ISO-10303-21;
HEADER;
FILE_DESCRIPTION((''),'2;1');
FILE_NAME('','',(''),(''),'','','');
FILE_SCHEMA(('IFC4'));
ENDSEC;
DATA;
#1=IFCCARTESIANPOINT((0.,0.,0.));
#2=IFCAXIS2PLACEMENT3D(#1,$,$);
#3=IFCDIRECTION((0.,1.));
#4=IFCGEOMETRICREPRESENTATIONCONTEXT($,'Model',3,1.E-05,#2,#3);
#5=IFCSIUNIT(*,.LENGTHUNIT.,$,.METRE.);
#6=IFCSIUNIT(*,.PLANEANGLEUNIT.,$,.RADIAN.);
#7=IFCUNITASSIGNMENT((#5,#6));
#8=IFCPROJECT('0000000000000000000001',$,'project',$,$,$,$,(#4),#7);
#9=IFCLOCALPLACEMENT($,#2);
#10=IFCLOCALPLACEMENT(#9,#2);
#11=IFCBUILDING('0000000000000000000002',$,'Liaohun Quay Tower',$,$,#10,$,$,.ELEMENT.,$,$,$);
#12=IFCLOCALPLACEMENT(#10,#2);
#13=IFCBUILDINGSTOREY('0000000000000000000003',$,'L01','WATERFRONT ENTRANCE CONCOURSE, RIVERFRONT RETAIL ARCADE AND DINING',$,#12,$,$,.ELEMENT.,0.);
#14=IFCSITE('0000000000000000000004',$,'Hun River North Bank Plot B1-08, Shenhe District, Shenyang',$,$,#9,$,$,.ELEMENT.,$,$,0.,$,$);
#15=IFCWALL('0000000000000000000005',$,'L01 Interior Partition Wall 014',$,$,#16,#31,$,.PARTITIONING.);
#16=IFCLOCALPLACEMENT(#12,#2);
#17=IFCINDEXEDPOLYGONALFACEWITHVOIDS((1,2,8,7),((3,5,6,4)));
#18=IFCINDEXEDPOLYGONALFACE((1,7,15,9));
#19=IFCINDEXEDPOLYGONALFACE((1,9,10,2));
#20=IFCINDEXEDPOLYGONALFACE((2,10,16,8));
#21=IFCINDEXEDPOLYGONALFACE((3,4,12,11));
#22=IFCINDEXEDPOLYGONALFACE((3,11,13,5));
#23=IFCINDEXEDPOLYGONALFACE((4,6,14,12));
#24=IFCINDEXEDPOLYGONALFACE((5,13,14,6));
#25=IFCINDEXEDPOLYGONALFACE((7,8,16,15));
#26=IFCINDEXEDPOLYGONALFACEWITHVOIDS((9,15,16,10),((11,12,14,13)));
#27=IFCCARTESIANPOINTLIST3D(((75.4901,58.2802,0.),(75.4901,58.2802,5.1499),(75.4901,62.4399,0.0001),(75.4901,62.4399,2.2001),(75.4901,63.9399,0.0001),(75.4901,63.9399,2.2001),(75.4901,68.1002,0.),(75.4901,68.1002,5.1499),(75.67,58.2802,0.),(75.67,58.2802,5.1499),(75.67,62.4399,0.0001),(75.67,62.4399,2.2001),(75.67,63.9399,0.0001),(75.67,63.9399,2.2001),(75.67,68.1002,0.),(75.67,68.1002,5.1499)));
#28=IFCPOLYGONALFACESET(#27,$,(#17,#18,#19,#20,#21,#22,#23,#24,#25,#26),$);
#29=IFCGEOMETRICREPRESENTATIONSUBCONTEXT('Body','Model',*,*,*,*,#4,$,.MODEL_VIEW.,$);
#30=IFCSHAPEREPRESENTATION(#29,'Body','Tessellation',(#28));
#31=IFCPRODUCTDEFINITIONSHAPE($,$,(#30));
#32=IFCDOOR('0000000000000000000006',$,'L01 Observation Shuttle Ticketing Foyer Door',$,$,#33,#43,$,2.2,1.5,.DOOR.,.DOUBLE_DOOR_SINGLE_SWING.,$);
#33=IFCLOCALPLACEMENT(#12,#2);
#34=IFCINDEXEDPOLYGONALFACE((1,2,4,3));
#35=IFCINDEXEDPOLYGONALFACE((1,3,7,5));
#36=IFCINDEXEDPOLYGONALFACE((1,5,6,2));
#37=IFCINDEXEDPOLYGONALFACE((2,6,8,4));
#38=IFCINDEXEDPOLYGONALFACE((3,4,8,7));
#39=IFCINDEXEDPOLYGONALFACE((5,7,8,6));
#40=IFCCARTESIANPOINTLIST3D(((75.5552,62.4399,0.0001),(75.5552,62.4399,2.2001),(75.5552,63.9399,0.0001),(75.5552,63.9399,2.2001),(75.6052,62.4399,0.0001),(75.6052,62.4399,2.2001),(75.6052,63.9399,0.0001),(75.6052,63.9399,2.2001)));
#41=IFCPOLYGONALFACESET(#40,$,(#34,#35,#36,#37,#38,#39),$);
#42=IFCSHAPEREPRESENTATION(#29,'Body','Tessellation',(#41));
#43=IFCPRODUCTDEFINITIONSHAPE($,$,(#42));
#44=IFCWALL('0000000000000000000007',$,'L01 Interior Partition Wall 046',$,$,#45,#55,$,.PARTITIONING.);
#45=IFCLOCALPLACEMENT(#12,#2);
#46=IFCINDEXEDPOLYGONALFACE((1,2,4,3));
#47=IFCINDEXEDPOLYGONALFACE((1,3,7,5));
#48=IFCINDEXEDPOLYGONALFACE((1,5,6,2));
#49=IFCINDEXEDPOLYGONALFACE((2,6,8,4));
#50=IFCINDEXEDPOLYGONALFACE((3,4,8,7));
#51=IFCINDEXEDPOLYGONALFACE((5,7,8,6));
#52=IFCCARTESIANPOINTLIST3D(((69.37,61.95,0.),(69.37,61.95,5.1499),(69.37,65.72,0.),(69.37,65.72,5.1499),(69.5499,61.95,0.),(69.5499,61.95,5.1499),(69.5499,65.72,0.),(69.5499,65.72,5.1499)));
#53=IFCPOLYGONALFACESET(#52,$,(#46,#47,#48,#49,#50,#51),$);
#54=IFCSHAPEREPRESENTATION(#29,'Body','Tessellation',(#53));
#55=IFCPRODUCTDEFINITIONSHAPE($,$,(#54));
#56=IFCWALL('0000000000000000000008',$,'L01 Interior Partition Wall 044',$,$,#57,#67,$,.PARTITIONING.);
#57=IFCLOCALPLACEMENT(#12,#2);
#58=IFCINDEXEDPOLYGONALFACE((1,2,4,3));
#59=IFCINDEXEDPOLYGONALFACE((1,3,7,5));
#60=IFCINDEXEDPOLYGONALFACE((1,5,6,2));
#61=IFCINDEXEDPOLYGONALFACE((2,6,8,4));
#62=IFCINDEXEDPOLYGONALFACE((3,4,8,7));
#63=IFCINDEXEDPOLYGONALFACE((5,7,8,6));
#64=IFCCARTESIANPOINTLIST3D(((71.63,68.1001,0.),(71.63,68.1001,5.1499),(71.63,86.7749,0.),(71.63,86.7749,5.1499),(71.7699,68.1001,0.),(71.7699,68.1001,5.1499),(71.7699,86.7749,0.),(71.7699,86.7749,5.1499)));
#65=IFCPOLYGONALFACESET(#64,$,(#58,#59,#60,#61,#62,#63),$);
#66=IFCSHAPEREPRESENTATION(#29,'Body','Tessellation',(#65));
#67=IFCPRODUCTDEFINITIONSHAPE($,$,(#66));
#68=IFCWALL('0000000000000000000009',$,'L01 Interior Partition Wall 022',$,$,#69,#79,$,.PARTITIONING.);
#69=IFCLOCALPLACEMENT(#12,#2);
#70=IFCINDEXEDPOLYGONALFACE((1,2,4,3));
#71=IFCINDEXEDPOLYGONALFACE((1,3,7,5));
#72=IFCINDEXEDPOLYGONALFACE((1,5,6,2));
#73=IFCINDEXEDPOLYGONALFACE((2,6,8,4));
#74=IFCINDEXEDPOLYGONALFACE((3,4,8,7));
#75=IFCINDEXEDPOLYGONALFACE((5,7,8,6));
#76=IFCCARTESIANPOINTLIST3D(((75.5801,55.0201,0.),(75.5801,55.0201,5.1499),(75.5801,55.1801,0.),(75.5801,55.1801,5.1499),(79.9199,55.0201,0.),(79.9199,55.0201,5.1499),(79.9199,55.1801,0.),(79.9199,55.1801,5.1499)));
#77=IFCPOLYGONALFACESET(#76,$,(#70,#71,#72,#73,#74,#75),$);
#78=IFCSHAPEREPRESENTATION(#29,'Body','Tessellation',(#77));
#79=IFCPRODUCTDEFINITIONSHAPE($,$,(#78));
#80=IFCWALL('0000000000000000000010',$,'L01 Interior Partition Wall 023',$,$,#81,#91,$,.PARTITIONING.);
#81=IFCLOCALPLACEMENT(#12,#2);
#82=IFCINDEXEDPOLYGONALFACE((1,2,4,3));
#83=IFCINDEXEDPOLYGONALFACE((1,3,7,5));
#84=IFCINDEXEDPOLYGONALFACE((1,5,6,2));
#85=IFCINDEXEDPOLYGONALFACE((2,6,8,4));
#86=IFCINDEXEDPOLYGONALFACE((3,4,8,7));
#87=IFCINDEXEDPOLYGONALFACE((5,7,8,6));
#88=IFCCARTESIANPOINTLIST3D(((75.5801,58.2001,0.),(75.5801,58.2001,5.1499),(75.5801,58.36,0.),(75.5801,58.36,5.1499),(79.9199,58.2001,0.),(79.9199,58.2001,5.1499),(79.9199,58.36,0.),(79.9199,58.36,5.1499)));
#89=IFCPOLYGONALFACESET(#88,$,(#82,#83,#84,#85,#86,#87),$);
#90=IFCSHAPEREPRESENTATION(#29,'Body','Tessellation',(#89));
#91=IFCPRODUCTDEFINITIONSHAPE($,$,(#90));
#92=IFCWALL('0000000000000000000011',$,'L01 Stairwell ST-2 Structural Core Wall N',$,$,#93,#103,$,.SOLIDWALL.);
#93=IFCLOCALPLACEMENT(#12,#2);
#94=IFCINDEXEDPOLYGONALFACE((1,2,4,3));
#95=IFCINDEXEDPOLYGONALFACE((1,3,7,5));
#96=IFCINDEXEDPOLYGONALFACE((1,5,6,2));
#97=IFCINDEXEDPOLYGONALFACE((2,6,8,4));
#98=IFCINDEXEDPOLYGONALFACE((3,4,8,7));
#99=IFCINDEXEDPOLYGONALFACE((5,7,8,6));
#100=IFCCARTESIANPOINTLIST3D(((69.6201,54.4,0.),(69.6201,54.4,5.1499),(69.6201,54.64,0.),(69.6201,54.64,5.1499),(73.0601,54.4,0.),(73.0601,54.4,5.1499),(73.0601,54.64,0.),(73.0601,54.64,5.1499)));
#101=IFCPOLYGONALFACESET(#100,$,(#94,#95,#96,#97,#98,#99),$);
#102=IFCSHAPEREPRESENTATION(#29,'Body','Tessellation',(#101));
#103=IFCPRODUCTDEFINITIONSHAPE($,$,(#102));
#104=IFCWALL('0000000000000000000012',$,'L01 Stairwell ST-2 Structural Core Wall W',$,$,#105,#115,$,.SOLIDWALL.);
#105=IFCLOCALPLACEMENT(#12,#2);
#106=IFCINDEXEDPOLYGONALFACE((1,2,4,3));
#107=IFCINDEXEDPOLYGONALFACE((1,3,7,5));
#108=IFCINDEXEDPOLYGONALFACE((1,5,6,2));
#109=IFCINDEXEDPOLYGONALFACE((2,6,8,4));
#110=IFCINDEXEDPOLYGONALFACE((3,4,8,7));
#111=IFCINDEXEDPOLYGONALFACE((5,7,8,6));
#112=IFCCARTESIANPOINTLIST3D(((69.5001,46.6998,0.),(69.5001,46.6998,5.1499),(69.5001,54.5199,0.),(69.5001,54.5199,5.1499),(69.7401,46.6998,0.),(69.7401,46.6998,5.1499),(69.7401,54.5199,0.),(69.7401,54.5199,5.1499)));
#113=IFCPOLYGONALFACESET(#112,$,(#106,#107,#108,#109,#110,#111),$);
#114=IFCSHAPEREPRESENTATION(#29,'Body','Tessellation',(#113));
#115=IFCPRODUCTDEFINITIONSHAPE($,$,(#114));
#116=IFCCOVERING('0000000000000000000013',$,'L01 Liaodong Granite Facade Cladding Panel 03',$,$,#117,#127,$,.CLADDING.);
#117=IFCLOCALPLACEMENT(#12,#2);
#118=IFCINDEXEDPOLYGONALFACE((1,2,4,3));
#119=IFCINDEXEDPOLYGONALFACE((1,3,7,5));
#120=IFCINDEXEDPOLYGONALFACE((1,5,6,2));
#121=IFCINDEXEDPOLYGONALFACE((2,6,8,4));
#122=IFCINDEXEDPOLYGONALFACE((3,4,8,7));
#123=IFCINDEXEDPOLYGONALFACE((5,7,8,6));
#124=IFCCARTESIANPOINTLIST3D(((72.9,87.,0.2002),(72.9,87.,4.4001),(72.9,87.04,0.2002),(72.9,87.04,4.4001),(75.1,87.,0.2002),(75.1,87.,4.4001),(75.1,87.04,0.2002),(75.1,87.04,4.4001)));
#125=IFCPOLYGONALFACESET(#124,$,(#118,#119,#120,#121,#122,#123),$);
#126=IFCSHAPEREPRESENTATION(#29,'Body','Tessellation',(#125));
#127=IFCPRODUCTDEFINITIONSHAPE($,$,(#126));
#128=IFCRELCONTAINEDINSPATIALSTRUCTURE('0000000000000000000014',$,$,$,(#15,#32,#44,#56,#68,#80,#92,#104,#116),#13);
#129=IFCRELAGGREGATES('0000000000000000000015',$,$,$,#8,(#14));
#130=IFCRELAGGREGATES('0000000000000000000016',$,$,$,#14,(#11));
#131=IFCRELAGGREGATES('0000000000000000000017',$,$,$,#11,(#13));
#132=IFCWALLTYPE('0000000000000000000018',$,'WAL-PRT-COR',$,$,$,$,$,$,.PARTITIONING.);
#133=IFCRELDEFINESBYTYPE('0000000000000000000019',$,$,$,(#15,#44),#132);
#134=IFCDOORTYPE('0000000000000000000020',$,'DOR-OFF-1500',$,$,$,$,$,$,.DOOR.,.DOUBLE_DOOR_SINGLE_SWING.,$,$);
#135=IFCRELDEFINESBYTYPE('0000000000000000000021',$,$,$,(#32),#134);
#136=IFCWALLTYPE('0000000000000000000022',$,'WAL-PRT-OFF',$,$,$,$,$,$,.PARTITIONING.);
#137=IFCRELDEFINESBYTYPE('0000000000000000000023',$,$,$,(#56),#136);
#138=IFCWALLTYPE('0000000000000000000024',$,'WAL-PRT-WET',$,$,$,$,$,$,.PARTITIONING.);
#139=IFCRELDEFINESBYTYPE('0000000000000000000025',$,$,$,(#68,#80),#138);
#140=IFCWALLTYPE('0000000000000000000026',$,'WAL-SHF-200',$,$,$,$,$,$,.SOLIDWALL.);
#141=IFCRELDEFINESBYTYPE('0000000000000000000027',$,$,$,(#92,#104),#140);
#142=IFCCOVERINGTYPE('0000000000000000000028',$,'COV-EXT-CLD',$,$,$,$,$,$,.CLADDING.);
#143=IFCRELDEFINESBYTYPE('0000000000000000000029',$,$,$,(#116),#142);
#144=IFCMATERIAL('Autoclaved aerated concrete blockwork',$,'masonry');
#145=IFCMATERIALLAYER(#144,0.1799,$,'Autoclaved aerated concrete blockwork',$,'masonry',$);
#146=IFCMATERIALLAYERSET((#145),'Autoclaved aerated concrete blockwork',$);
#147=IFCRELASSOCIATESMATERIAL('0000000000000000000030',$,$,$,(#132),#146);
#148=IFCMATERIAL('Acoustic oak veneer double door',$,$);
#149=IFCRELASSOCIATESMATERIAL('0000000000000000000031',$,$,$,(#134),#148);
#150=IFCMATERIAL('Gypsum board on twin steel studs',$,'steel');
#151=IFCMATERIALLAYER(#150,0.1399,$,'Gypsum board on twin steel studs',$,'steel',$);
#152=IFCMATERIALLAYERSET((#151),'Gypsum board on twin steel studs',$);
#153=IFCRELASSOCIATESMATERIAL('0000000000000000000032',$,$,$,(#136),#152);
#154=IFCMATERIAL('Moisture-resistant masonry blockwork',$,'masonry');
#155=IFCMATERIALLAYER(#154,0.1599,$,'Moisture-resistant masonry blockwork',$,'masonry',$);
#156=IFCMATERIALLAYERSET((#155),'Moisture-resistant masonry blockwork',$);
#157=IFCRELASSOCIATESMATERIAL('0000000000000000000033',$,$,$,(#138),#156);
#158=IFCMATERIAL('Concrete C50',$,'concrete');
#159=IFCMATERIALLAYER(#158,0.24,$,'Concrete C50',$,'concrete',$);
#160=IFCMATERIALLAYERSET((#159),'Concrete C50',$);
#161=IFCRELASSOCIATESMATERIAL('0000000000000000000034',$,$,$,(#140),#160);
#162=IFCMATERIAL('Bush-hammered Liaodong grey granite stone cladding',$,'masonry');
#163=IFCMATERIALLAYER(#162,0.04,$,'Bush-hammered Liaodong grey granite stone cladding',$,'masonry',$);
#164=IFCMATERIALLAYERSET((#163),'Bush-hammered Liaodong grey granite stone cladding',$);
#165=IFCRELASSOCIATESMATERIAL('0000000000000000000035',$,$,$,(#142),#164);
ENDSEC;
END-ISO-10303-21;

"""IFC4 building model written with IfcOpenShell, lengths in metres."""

from ifc_helpers import new_model, si_unit, direction, frame, frame_2d, origin, origin_2d, place, context, subcontext, project, spatial, rectangle, extrude, source, transform, mapped, material, layer, layer_set, type_object, element, fill, save


model = new_model("IFC4")

# Units and contexts
model_context = context("Model", 3, precision=1e-05, world=origin(), true_north=direction((0.0, 1.0)))
body_context = subcontext(model_context, "Body", "Model", "MODEL_VIEW")
ifc_project = project(units=[si_unit("LENGTHUNIT", "METRE"), si_unit("PLANEANGLEUNIT", "RADIAN")], contexts=[model_context])

# Site, building, storey
site_placement = place(None, origin())
site = spatial("IfcSite", under=ifc_project, at=site_placement, Name="Hun River North Bank Plot B1-08, Shenhe District, Shenyang", CompositionType="ELEMENT", RefElevation=0.0)
building_placement = place(site_placement, origin())
building = spatial("IfcBuilding", under=site, at=building_placement, Name="Liaohun Quay Tower", CompositionType="ELEMENT")
storey_placement = place(building_placement, origin())
storey = spatial("IfcBuildingStorey", under=building, at=storey_placement, Name="L01", Description="WATERFRONT ENTRANCE CONCOURSE, RIVERFRONT RETAIL ARCADE AND DINING", CompositionType="ELEMENT", Elevation=0.0)

# Wall, opening, door
ifc_material_1 = material(Name="Autoclaved aerated concrete blockwork", Category="masonry")
ifc_layer_1 = layer(ifc_material_1, 0.1799, Name="Autoclaved aerated concrete blockwork", Category="masonry")
ifc_layer_set_1 = layer_set([ifc_layer_1], Name="Autoclaved aerated concrete blockwork")
wall_type_1 = type_object("IfcWallType", Name="WAL-PRT-COR", PredefinedType="PARTITIONING", material=ifc_layer_set_1)
wall_1_placement = place(storey_placement, frame((75.5801, 58.28, 0.0), z_axis=(0.0, 0.0, 1.0), x_axis=(0.0, 1.0, 0.0)))
wall_1 = element("IfcWall", 1, at=wall_1_placement, inside=storey, type_object=wall_type_1, Name="L01 Interior Partition Wall 014", PredefinedType="PARTITIONING", context=body_context, shape_type="SweptSolid", body=[
    extrude(rectangle(XDim=9.8201, YDim=0.1799, at=frame_2d((4.9102, 0.0))), origin(), (0.0, 0.0, 1.0), 5.1499),
])
shared_shape_1 = source(origin(), body_context, "Body", "SweptSolid", [
    extrude(rectangle(XDim=1.5, YDim=2.2, at=frame_2d((0.75, 1.1001))), frame((0.0, 0.0999, 0.0), z_axis=(0.0, -1.0, 0.0), x_axis=(1.0, 0.0, 0.0)), (0.0, 0.0, 1.0), 0.2),
])
opening_1_placement = place(wall_1_placement, frame((4.1599, 0.0, 0.0)))
opening_1 = element("IfcOpeningElement", 2, at=opening_1_placement, cuts=wall_1, PredefinedType="OPENING", context=body_context, shape_type="MappedRepresentation", body=[
    mapped(shared_shape_1, transform((0.0, 0.0, 0.0), x_axis=(1.0, 0.0, 0.0), y_axis=(0.0, 1.0, 0.0), z_axis=(0.0, 0.0, 1.0), scale=1.0)),
])
ifc_material_2 = material(Name="Acoustic oak veneer double door")
door_type_1 = type_object("IfcDoorType", Name="DOR-OFF-1500", OperationType="DOUBLE_DOOR_SINGLE_SWING", PredefinedType="DOOR", material=ifc_material_2)
shared_shape_2 = source(origin(), body_context, "Body", "SweptSolid", [
    extrude(rectangle(XDim=1.5, YDim=2.2, at=frame_2d((0.75, 1.1001))), frame((0.0, 0.0249, 0.0), z_axis=(0.0, -1.0, 0.0), x_axis=(1.0, 0.0, 0.0)), (0.0, 0.0, 1.0), 0.05),
])
door_1_placement = place(opening_1_placement, origin())
door_1 = element("IfcDoor", 3, at=door_1_placement, inside=storey, type_object=door_type_1, Name="L01 Observation Shuttle Ticketing Foyer Door", OperationType="DOUBLE_DOOR_SINGLE_SWING", OverallHeight=2.2, OverallWidth=1.5, PredefinedType="DOOR", context=body_context, shape_type="MappedRepresentation", body=[
    mapped(shared_shape_2, transform((0.0, 0.0, 0.0), x_axis=(1.0, 0.0, 0.0), y_axis=(0.0, 1.0, 0.0), z_axis=(0.0, 0.0, 1.0), scale=1.0)),
])
fill(opening_1, door_1)

# Walls
wall_2_placement = place(storey_placement, frame((69.46, 61.95, 0.0), z_axis=(0.0, 0.0, 1.0), x_axis=(0.0, 1.0, 0.0)))
element("IfcWall", 4, at=wall_2_placement, inside=storey, type_object=wall_type_1, Name="L01 Interior Partition Wall 046", PredefinedType="PARTITIONING", context=body_context, shape_type="SweptSolid", body=[
    extrude(rectangle(XDim=3.77, YDim=0.1799, at=frame_2d((1.885, 0.0))), origin(), (0.0, 0.0, 1.0), 5.1499),
])
ifc_material_3 = material(Name="Gypsum board on twin steel studs", Category="steel")
ifc_layer_2 = layer(ifc_material_3, 0.1399, Name="Gypsum board on twin steel studs", Category="steel")
ifc_layer_set_2 = layer_set([ifc_layer_2], Name="Gypsum board on twin steel studs")
wall_type_2 = type_object("IfcWallType", Name="WAL-PRT-OFF", PredefinedType="PARTITIONING", material=ifc_layer_set_2)
wall_3_placement = place(storey_placement, frame((71.7, 68.1001, 0.0), z_axis=(0.0, 0.0, 1.0), x_axis=(0.0, 1.0, 0.0)))
element("IfcWall", 5, at=wall_3_placement, inside=storey, type_object=wall_type_2, Name="L01 Interior Partition Wall 044", PredefinedType="PARTITIONING", context=body_context, shape_type="SweptSolid", body=[
    extrude(rectangle(XDim=18.6748, YDim=0.1399, at=frame_2d((9.3374, 0.0))), origin(), (0.0, 0.0, 1.0), 5.1499),
])

# Shared definitions
ifc_material_4 = material(Name="Moisture-resistant masonry blockwork", Category="masonry")
ifc_layer_3 = layer(ifc_material_4, 0.1599, Name="Moisture-resistant masonry blockwork", Category="masonry")
ifc_layer_set_3 = layer_set([ifc_layer_3], Name="Moisture-resistant masonry blockwork")
wall_type_3 = type_object("IfcWallType", Name="WAL-PRT-WET", PredefinedType="PARTITIONING", material=ifc_layer_set_3)

# Walls
for number, where, z_axis, x_axis, name in (
    (6, (75.5801, 55.1001, 0.0), (0.0, 0.0, 1.0), (1.0, 0.0, 0.0), "L01 Interior Partition Wall 022"),
    (7, (75.5801, 58.28, 0.0), (0.0, 0.0, 1.0), (1.0, 0.0, 0.0), "L01 Interior Partition Wall 023"),
):
    element("IfcWall", number, at=place(storey_placement, frame(where, z_axis=z_axis, x_axis=x_axis)), inside=storey, type_object=wall_type_3, Name=name, PredefinedType="PARTITIONING", context=body_context, shape_type="SweptSolid", body=[
        extrude(rectangle(XDim=4.3398, YDim=0.1599, at=frame_2d((2.1699, 0.0))), origin(), (0.0, 0.0, 1.0), 5.1499),
    ])
ifc_material_5 = material(Name="Concrete C50", Category="concrete")
ifc_layer_4 = layer(ifc_material_5, 0.24, Name="Concrete C50", Category="concrete")
ifc_layer_set_4 = layer_set([ifc_layer_4], Name="Concrete C50")
wall_type_4 = type_object("IfcWallType", Name="WAL-SHF-200", PredefinedType="SOLIDWALL", material=ifc_layer_set_4)
wall_4_placement = place(storey_placement, frame((73.0601, 54.52, 0.0), z_axis=(0.0, 0.0, 1.0), x_axis=(-1.0, 0.0, 0.0)))
element("IfcWall", 8, at=wall_4_placement, inside=storey, type_object=wall_type_4, Name="L01 Stairwell ST-2 Structural Core Wall N", PredefinedType="SOLIDWALL", context=body_context, shape_type="SweptSolid", body=[
    extrude(rectangle(XDim=3.4399, YDim=0.24, at=frame_2d((1.72, 0.0))), origin(), (0.0, 0.0, 1.0), 5.1499),
])
wall_5_placement = place(storey_placement, frame((69.6201, 54.52, 0.0), z_axis=(0.0, 0.0, 1.0), x_axis=(0.0, -1.0, 0.0)))
element("IfcWall", 9, at=wall_5_placement, inside=storey, type_object=wall_type_4, Name="L01 Stairwell ST-2 Structural Core Wall W", PredefinedType="SOLIDWALL", context=body_context, shape_type="SweptSolid", body=[
    extrude(rectangle(XDim=7.8201, YDim=0.24, at=frame_2d((3.9102, 0.0))), origin(), (0.0, 0.0, 1.0), 5.1499),
])

# Covering
ifc_material_6 = material(Name="Bush-hammered Liaodong grey granite stone cladding", Category="masonry")
ifc_layer_5 = layer(ifc_material_6, 0.04, Name="Bush-hammered Liaodong grey granite stone cladding", Category="masonry")
ifc_layer_set_5 = layer_set([ifc_layer_5], Name="Bush-hammered Liaodong grey granite stone cladding")
covering_type = type_object("IfcCoveringType", Name="COV-EXT-CLD", PredefinedType="CLADDING", material=ifc_layer_set_5)
shared_shape_3 = source(origin(), body_context, "Body", "SweptSolid", [
    extrude(rectangle(XDim=2.2, YDim=0.04, at=origin_2d()), origin(), (0.0, 0.0, 1.0), 4.2),
])
covering_placement = place(storey_placement, frame((74.0, 87.02, 0.2002), z_axis=(0.0, 0.0, 1.0), x_axis=(1.0, 0.0, 0.0)))
element("IfcCovering", 10, at=covering_placement, inside=storey, type_object=covering_type, Name="L01 Liaodong Granite Facade Cladding Panel 03", PredefinedType="CLADDING", context=body_context, shape_type="MappedRepresentation", body=[
    mapped(shared_shape_3, transform((0.0, 0.0, 0.0), x_axis=(1.0, 0.0, 0.0), y_axis=(0.0, 1.0, 0.0), z_axis=(0.0, 0.0, 1.0), scale=1.0)),
])

save(model, "model.ifc")
